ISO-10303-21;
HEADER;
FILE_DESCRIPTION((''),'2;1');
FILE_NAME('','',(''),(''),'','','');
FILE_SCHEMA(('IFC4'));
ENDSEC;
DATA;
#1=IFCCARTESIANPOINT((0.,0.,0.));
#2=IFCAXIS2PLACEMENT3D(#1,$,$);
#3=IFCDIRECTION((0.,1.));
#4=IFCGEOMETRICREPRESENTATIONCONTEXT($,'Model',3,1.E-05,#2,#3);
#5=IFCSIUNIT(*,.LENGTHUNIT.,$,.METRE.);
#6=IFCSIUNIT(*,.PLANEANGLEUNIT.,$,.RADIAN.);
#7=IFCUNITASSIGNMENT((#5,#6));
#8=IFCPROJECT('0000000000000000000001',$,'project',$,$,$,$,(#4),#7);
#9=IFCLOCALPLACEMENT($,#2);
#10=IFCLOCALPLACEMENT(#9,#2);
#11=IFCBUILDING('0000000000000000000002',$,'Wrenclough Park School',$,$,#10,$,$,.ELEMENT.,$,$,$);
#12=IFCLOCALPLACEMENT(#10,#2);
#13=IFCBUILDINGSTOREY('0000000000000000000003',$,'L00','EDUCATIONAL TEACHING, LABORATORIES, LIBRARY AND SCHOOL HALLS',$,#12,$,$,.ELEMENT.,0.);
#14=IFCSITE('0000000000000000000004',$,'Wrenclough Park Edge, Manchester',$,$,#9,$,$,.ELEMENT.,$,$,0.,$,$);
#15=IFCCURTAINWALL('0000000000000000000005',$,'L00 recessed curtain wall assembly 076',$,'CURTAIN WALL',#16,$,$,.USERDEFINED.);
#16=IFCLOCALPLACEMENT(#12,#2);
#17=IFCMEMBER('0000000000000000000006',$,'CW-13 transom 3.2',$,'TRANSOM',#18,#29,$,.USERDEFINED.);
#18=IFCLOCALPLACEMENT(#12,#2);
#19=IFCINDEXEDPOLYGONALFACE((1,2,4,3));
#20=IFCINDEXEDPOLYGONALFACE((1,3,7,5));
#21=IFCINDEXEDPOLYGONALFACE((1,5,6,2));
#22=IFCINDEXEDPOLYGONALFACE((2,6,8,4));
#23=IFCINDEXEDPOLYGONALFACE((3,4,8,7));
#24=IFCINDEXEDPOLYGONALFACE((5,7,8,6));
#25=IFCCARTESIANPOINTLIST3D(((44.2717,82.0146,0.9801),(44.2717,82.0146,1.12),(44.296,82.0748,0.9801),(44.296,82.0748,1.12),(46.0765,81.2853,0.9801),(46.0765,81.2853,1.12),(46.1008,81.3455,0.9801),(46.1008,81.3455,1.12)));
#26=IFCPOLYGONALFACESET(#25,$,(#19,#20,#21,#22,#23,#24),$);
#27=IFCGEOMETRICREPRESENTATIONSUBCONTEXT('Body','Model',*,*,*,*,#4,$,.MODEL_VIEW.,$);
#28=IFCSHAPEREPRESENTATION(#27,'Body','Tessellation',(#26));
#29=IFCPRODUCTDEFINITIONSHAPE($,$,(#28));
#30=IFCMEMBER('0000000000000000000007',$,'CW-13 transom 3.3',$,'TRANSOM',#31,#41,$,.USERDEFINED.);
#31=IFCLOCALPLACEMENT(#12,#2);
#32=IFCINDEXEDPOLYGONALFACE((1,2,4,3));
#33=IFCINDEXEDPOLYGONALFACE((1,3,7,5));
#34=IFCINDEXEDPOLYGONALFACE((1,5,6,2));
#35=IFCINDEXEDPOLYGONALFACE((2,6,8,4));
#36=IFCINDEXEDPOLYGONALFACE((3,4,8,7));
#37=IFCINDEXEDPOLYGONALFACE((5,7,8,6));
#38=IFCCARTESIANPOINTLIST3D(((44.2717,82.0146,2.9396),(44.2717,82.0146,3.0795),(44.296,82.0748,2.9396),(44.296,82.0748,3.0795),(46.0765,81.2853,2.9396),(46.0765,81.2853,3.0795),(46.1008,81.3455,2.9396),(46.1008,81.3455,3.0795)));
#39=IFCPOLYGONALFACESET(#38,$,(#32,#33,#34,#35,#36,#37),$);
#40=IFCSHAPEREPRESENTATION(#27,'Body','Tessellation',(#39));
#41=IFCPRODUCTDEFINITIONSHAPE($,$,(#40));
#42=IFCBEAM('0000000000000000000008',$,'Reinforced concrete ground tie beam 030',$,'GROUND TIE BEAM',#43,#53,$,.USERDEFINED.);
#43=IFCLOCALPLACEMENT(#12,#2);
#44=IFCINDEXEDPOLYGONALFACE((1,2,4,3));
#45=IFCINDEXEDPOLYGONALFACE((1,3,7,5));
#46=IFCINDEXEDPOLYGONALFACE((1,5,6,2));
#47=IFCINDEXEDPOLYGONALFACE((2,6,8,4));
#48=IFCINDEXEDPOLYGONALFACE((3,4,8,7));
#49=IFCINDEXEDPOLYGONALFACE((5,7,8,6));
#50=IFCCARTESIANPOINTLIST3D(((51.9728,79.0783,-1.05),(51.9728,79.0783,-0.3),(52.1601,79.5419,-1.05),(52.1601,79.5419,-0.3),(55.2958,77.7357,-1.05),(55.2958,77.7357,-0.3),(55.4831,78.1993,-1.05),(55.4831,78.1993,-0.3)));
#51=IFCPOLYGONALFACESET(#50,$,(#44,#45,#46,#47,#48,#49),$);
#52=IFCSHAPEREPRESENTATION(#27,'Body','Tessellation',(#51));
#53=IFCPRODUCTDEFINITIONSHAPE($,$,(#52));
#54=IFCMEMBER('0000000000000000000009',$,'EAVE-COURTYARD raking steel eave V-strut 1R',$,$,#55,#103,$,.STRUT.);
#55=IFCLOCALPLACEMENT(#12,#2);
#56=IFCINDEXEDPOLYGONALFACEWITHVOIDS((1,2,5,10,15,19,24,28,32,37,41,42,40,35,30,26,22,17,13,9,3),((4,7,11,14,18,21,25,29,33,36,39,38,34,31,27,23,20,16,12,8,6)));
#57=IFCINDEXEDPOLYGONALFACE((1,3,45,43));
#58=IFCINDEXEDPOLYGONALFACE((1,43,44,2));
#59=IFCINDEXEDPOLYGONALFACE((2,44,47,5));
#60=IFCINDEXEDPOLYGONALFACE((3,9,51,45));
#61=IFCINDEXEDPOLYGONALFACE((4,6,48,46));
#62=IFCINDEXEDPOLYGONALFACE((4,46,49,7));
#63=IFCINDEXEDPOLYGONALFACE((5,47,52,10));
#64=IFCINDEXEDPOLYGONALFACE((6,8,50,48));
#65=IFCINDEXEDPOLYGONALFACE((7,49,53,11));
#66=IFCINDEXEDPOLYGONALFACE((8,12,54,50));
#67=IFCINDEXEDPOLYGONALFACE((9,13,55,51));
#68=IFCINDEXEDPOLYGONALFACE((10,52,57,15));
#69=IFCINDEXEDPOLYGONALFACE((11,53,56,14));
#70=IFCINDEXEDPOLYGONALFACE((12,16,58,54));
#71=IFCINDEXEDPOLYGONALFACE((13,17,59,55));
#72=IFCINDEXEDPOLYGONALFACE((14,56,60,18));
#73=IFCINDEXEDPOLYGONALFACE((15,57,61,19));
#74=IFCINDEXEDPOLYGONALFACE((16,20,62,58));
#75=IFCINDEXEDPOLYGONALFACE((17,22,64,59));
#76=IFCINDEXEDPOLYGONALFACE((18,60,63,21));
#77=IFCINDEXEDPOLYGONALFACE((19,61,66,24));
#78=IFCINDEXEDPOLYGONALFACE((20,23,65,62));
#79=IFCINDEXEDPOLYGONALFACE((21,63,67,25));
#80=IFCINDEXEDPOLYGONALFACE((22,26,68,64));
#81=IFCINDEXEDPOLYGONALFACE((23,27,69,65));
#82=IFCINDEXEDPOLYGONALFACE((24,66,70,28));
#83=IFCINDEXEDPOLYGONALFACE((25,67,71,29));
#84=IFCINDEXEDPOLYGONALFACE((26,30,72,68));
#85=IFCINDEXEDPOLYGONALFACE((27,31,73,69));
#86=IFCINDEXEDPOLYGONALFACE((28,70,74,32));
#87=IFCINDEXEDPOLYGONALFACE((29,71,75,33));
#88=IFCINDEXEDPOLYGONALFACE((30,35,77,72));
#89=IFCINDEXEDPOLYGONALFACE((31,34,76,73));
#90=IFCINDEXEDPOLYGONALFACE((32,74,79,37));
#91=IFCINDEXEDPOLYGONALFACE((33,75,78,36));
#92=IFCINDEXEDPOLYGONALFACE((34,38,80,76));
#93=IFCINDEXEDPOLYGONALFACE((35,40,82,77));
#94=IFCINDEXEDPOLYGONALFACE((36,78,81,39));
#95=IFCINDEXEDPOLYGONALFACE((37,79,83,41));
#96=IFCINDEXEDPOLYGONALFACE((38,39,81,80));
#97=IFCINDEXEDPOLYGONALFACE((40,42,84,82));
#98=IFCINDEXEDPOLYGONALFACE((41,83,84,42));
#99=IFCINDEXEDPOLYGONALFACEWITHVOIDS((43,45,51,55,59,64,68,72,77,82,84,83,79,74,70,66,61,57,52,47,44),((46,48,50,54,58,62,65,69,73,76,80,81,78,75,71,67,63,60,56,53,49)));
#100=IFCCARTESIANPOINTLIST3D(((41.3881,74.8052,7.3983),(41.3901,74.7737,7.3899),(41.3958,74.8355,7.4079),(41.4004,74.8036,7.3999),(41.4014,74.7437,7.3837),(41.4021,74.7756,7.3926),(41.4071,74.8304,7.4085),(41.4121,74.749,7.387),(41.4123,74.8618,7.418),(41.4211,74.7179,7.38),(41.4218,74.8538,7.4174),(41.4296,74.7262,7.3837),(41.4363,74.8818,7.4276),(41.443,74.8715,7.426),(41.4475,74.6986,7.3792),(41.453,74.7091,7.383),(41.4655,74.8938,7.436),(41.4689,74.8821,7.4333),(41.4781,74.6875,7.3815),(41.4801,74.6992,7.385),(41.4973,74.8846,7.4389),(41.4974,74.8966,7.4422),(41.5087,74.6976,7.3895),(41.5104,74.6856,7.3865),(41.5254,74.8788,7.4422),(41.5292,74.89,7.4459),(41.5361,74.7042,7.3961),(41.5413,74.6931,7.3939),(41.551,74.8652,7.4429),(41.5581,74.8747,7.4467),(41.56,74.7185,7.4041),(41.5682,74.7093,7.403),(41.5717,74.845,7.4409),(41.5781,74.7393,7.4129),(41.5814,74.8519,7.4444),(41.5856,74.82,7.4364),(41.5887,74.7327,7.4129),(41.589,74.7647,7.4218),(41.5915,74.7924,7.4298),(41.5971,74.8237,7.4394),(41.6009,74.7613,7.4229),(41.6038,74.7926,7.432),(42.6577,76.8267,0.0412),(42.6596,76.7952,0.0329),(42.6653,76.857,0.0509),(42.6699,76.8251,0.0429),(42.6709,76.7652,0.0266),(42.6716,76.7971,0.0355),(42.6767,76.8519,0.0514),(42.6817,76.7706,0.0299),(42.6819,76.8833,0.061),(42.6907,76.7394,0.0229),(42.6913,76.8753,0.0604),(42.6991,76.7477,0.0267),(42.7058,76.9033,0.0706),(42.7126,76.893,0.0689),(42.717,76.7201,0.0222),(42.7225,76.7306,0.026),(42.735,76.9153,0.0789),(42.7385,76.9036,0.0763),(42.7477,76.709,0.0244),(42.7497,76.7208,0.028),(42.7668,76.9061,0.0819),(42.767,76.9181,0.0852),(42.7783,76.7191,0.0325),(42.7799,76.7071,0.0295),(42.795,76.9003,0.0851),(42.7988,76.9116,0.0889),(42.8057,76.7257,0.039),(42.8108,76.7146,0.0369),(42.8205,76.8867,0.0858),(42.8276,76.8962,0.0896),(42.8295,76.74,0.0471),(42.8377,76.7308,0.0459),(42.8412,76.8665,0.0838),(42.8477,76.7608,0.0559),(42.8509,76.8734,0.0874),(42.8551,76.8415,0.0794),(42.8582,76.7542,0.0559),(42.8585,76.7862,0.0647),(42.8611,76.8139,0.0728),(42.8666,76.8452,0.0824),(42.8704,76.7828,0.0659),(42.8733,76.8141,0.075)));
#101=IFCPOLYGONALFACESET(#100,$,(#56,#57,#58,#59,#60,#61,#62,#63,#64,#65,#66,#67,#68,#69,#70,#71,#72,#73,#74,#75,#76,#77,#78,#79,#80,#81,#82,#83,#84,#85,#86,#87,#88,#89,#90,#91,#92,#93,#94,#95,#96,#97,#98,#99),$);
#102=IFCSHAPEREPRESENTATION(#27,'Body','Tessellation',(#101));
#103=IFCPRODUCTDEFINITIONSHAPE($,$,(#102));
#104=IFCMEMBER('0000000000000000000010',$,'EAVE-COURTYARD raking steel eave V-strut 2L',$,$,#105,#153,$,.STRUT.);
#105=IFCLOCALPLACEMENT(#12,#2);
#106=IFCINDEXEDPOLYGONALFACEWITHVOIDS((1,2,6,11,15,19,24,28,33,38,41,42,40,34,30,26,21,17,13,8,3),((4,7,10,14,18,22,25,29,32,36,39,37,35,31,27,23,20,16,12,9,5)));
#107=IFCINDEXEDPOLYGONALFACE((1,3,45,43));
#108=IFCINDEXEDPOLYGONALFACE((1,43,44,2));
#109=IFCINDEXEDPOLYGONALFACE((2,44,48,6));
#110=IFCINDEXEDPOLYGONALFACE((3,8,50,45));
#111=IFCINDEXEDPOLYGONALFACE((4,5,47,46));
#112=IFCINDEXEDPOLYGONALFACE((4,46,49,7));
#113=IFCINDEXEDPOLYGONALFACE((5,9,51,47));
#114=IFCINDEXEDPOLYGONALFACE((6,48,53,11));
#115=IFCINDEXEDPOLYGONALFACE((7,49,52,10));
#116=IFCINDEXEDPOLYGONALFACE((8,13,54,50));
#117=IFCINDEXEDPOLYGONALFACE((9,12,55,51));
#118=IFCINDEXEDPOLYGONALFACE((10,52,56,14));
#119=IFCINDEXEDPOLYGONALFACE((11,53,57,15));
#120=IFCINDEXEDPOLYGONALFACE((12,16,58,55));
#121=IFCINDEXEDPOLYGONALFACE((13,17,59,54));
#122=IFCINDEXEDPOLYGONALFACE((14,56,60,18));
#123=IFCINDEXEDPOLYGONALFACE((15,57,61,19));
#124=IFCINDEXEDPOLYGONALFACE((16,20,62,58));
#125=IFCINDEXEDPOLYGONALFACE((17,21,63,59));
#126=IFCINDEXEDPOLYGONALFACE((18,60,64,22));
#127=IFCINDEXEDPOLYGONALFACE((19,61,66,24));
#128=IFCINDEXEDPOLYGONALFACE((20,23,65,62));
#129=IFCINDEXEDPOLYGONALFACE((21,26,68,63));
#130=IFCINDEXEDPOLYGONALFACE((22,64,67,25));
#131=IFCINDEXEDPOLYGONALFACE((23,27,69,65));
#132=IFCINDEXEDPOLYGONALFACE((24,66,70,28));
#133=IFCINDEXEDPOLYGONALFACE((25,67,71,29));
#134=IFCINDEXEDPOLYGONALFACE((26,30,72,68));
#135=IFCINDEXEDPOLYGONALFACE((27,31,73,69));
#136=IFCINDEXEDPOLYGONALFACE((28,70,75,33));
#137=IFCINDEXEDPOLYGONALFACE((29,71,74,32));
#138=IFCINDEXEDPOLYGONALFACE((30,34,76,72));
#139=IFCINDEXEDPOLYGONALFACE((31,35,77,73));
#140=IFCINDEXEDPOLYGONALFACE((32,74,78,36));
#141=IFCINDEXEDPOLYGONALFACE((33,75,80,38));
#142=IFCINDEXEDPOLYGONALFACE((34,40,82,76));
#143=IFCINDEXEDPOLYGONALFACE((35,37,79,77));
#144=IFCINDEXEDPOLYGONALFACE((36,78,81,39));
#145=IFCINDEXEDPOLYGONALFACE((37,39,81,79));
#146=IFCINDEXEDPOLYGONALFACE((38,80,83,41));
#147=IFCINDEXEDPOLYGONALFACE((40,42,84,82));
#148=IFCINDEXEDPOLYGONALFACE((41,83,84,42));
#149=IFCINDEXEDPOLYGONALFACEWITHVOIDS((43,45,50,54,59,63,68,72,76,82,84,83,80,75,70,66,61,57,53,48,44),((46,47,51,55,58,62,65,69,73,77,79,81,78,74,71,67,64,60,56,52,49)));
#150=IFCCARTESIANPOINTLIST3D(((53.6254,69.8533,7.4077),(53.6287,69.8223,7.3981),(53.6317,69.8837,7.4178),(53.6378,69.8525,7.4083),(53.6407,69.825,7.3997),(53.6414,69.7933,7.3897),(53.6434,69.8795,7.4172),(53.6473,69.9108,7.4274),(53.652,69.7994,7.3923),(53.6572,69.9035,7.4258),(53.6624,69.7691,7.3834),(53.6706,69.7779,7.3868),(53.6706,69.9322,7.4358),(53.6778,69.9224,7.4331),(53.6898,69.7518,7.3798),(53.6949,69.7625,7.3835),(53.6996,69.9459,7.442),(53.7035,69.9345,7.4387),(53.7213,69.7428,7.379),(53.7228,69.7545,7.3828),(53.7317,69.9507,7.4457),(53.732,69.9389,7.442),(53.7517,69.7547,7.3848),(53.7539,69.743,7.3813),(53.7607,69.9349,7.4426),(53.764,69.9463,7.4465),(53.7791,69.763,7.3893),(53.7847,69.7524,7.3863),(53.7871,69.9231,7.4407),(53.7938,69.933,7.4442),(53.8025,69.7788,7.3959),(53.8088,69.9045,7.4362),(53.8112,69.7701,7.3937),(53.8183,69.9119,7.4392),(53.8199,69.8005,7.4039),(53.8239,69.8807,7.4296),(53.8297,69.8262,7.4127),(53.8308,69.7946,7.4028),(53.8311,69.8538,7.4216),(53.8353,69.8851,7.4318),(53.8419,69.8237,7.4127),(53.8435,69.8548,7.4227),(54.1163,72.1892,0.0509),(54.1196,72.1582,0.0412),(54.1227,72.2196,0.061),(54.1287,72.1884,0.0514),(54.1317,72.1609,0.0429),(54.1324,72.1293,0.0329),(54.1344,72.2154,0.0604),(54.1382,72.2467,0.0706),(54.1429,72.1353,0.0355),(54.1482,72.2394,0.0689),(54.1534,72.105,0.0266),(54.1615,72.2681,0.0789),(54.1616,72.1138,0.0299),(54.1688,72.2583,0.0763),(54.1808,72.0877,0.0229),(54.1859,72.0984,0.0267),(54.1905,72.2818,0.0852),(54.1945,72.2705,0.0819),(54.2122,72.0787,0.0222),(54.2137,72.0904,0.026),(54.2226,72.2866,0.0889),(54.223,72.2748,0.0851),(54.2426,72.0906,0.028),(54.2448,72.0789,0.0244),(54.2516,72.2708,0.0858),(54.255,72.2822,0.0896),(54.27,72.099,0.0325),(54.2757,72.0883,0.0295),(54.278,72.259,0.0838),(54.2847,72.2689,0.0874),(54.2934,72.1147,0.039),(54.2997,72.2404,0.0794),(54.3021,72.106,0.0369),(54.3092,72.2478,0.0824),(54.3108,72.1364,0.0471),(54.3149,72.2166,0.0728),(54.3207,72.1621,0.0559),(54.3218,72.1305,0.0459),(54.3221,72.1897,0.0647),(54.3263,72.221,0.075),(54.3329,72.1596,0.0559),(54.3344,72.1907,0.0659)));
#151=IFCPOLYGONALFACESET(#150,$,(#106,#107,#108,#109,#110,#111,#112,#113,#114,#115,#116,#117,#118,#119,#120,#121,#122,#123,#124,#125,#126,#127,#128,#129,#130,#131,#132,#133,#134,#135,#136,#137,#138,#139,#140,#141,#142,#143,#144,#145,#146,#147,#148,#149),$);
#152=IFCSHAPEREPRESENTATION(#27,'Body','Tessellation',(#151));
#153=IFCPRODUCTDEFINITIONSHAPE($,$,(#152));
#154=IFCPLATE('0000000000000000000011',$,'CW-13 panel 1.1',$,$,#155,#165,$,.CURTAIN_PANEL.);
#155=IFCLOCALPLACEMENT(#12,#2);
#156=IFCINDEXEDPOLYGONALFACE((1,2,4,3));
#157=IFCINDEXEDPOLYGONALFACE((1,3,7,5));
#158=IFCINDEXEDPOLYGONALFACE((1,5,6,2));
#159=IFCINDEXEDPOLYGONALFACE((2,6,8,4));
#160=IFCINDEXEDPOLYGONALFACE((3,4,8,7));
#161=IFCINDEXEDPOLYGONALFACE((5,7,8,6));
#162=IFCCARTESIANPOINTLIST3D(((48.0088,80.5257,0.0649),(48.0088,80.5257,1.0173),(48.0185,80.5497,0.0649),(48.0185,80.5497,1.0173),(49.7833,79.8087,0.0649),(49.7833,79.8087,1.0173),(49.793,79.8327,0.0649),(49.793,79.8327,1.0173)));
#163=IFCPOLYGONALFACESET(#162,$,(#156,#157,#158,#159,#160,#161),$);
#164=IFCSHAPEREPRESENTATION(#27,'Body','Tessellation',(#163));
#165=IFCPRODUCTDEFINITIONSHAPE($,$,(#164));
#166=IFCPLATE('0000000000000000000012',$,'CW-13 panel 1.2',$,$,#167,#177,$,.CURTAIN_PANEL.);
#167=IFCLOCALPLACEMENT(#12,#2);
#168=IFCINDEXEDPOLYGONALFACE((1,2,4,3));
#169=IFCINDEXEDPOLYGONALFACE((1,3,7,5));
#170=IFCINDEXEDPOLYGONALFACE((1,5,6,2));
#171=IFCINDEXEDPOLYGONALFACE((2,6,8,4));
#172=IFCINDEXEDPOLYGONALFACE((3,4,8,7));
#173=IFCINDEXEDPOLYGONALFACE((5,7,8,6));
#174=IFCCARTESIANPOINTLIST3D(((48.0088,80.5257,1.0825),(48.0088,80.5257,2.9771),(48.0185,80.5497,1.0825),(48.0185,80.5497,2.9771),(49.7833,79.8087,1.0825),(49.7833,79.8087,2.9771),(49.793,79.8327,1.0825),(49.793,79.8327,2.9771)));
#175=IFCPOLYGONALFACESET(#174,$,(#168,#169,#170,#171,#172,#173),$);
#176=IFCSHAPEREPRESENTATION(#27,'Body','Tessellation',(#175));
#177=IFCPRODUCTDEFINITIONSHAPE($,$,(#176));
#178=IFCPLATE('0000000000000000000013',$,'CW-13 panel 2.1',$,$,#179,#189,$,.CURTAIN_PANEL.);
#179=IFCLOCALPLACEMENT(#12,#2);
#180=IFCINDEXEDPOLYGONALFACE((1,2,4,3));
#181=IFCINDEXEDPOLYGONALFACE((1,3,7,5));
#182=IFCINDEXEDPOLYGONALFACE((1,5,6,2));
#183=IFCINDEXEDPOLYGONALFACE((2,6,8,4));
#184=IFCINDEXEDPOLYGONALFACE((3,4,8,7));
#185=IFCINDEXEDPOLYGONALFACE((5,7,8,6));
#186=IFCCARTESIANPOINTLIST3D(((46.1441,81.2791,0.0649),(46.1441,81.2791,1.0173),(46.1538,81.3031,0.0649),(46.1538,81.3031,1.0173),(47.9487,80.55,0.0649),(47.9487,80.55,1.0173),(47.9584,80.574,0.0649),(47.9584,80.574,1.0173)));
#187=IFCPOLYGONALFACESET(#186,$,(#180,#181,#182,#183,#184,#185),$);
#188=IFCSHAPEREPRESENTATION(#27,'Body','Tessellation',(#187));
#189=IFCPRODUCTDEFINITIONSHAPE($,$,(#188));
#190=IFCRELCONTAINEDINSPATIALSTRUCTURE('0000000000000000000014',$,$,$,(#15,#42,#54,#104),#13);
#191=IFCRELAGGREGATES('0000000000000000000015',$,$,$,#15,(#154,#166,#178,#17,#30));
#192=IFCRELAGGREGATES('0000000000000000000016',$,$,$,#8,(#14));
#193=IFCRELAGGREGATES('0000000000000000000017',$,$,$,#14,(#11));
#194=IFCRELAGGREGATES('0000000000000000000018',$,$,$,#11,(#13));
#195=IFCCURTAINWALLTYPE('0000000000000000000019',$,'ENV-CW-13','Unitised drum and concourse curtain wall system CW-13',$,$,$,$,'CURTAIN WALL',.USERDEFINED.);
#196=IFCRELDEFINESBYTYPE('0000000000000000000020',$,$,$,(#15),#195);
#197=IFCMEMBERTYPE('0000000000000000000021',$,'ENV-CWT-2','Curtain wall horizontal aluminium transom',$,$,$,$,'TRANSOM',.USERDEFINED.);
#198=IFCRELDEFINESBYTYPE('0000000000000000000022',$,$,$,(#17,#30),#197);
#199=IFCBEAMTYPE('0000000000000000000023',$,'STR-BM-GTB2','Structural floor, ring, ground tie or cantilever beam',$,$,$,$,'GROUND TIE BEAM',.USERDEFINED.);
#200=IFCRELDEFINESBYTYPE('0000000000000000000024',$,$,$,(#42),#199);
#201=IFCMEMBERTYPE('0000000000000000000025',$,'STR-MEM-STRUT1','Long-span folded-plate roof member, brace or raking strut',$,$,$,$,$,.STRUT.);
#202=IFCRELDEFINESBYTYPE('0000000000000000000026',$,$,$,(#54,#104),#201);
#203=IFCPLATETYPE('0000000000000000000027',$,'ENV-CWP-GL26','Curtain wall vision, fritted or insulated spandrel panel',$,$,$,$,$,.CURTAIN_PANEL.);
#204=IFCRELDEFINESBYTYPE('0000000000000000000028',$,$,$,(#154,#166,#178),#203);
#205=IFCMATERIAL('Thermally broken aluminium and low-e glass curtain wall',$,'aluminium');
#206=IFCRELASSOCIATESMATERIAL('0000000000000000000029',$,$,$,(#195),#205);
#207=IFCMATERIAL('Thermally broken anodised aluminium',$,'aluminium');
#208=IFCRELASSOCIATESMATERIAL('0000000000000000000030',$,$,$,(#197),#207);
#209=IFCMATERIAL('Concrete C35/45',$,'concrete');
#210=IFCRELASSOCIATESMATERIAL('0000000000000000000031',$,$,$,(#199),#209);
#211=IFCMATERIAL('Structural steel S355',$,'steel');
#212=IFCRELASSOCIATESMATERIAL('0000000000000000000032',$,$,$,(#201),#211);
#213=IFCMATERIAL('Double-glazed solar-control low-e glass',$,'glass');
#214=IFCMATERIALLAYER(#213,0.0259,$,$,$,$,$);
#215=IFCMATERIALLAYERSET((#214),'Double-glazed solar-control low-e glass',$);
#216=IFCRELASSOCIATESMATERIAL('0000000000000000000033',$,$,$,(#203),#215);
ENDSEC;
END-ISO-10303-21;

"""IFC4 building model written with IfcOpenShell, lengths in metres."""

from ifc_helpers import new_model, si_unit, direction, frame, origin, origin_2d, place, context, subcontext, project, spatial, rectangle, hollow_circle, extrude, material, layer, layer_set, material_profile, profile_set, type_object, element, aggregate, save


model = new_model("IFC4")

# Units and contexts
model_context = context("Model", 3, precision=1e-05, world=origin(), true_north=direction((0.0, 1.0)))
body_context = subcontext(model_context, "Body", "Model", "MODEL_VIEW")
ifc_project = project(units=[si_unit("LENGTHUNIT", "METRE"), si_unit("PLANEANGLEUNIT", "RADIAN")], contexts=[model_context])

# Site, building, storey
site_placement = place(None, origin())
site = spatial("IfcSite", under=ifc_project, at=site_placement, Name="Wrenclough Park Edge, Manchester", CompositionType="ELEMENT", RefElevation=0.0)
building_placement = place(site_placement, origin())
building = spatial("IfcBuilding", under=site, at=building_placement, Name="Wrenclough Park School", CompositionType="ELEMENT")
storey_placement = place(building_placement, origin())
storey = spatial("IfcBuildingStorey", under=building, at=storey_placement, Name="L00", Description="EDUCATIONAL TEACHING, LABORATORIES, LIBRARY AND SCHOOL HALLS", CompositionType="ELEMENT", Elevation=0.0)

# Shared definitions
ifc_material_1 = material(Name="Concrete C35/45", Category="concrete")

# Shared definitions
ifc_material_2 = material(Name="Structural steel S355", Category="steel")

# Curtain wall, members
ifc_material_3 = material(Name="Thermally broken aluminium and low-e glass curtain wall", Category="aluminium")
curtain_wall_type = type_object("IfcCurtainWallType", Name="ENV-CW-13", Description="Unitised drum and concourse curtain wall system CW-13", ElementType="CURTAIN WALL", PredefinedType="USERDEFINED", material=ifc_material_3)
curtain_wall_placement = place(storey_placement, origin())
curtain_wall = element("IfcCurtainWall", 1, at=curtain_wall_placement, inside=storey, type_object=curtain_wall_type, Name="L00 recessed curtain wall assembly 076", ObjectType="CURTAIN WALL", PredefinedType="USERDEFINED")
ifc_material_4 = material(Name="Thermally broken anodised aluminium", Category="aluminium")
ifc_material_profile_1 = material_profile(ifc_material_4, rectangle(XDim=0.0649, YDim=0.1399, at=origin_2d()), Name="AL TRANSOM 65x140")
ifc_profile_set_1 = profile_set([ifc_material_profile_1], Name="Thermally broken anodised aluminium")
member_type_1 = type_object("IfcMemberType", Name="ENV-CWT-2", Description="Curtain wall horizontal aluminium transom", ElementType="TRANSOM", PredefinedType="USERDEFINED", material=ifc_profile_set_1)
member_1_placement = place(storey_placement, frame((46.0886, 81.3154, 1.05), z_axis=(-0.927165, 0.374654, 0.0), x_axis=(-0.374654, -0.927165, 0.0)))
member_1 = element("IfcMember", 2, at=member_1_placement, type_object=member_type_1, Name="CW-13 transom 3.2", ObjectType="TRANSOM", PredefinedType="USERDEFINED", context=body_context, shape_type="SweptSolid", body=[
    extrude(rectangle(XDim=0.0649, YDim=0.1399, at=origin_2d()), origin(), (0.0, 0.0, 1.0), 1.9465),
])
member_2_placement = place(storey_placement, frame((46.0886, 81.3154, 3.0095), z_axis=(-0.927165, 0.374654, 0.0), x_axis=(-0.374654, -0.927165, 0.0)))
member_2 = element("IfcMember", 3, at=member_2_placement, type_object=member_type_1, Name="CW-13 transom 3.3", ObjectType="TRANSOM", PredefinedType="USERDEFINED", context=body_context, shape_type="SweptSolid", body=[
    extrude(rectangle(XDim=0.0649, YDim=0.1399, at=origin_2d()), origin(), (0.0, 0.0, 1.0), 1.9465),
])

# Beam
ifc_material_profile_2 = material_profile(ifc_material_1, rectangle(XDim=0.5, YDim=0.75, at=origin_2d()), Name="RC GROUND 500x750")
ifc_profile_set_2 = profile_set([ifc_material_profile_2], Name="Concrete C35/45")
beam_type = type_object("IfcBeamType", Name="STR-BM-GTB2", Description="Structural floor, ring, ground tie or cantilever beam", ElementType="GROUND TIE BEAM", PredefinedType="USERDEFINED", material=ifc_profile_set_2)
beam_placement = place(storey_placement, frame((52.0664, 79.3101, -0.675), z_axis=(0.927189, -0.374595, 0.0), x_axis=(0.374595, 0.927189, 0.0)))
element("IfcBeam", 4, at=beam_placement, inside=storey, type_object=beam_type, Name="Reinforced concrete ground tie beam 030", ObjectType="GROUND TIE BEAM", PredefinedType="USERDEFINED", context=body_context, shape_type="SweptSolid", body=[
    extrude(rectangle(XDim=0.5, YDim=0.75, at=origin_2d()), origin(), (0.0, 0.0, 1.0), 3.584),
])

# Members
ifc_material_profile_3 = material_profile(ifc_material_2, hollow_circle(Radius=0.1096, WallThickness=0.0125, at=origin_2d()), Name="CHS 219.1x12.5")
ifc_profile_set_3 = profile_set([ifc_material_profile_3], Name="Structural steel S355")
member_type_2 = type_object("IfcMemberType", Name="STR-MEM-STRUT1", Description="Long-span folded-plate roof member, brace or raking strut", PredefinedType="STRUT", material=ifc_profile_set_3)
member_3_placement = place(storey_placement, frame((42.7654, 76.8125, 0.0559), z_axis=(-0.164139, -0.261359, 0.951183), x_axis=(0.846847, -0.531836, 0.0)))
element("IfcMember", 5, at=member_3_placement, inside=storey, type_object=member_type_2, Name="EAVE-COURTYARD raking steel eave V-strut 1R", PredefinedType="STRUT", context=body_context, shape_type="SweptSolid", body=[
    extrude(hollow_circle(Radius=0.1096, WallThickness=0.0125, at=origin_2d()), origin(), (0.0, 0.0, 1.0), 7.7346),
])
member_4_placement = place(storey_placement, frame((54.2256, 72.1821, 0.0559), z_axis=(-0.063478, -0.302016, 0.951187), x_axis=(0.978618, -0.205686, 0.0)))
element("IfcMember", 6, at=member_4_placement, inside=storey, type_object=member_type_2, Name="EAVE-COURTYARD raking steel eave V-strut 2L", PredefinedType="STRUT", context=body_context, shape_type="SweptSolid", body=[
    extrude(hollow_circle(Radius=0.1096, WallThickness=0.0125, at=origin_2d()), origin(), (0.0, 0.0, 1.0), 7.7344),
])

# Plates
ifc_material_5 = material(Name="Double-glazed solar-control low-e glass", Category="glass")
ifc_layer_1 = layer(ifc_material_5, 0.0259)
ifc_layer_set_1 = layer_set([ifc_layer_1], Name="Double-glazed solar-control low-e glass")
plate_type_1 = type_object("IfcPlateType", Name="ENV-CWP-GL26", Description="Curtain wall vision, fritted or insulated spandrel panel", PredefinedType="CURTAIN_PANEL", material=ifc_layer_set_1)
plate_1_placement = place(storey_placement, frame((48.9009, 80.1792, 0.0649), z_axis=(0.0, 0.0, 1.0), x_axis=(-0.927185, 0.374603, 0.0)))
plate_1 = element("IfcPlate", 7, at=plate_1_placement, type_object=plate_type_1, Name="CW-13 panel 1.1", PredefinedType="CURTAIN_PANEL", context=body_context, shape_type="SweptSolid", body=[
    extrude(rectangle(XDim=1.9138, YDim=0.0259, at=origin_2d()), origin(), (0.0, 0.0, 1.0), 0.9524),
])
plate_2_placement = place(storey_placement, frame((48.9009, 80.1792, 1.0825), z_axis=(0.0, 0.0, 1.0), x_axis=(-0.927185, 0.374603, 0.0)))
plate_2 = element("IfcPlate", 8, at=plate_2_placement, type_object=plate_type_1, Name="CW-13 panel 1.2", PredefinedType="CURTAIN_PANEL", context=body_context, shape_type="SweptSolid", body=[
    extrude(rectangle(XDim=1.9138, YDim=0.0259, at=origin_2d()), origin(), (0.0, 0.0, 1.0), 1.8945),
])
plate_3_placement = place(storey_placement, frame((47.0513, 80.9265, 0.0649), z_axis=(0.0, 0.0, 1.0), x_axis=(-0.927185, 0.374603, 0.0)))
plate_3 = element("IfcPlate", 9, at=plate_3_placement, type_object=plate_type_1, Name="CW-13 panel 2.1", PredefinedType="CURTAIN_PANEL", context=body_context, shape_type="SweptSolid", body=[
    extrude(rectangle(XDim=1.9463, YDim=0.0259, at=origin_2d()), origin(), (0.0, 0.0, 1.0), 0.9524),
])
aggregate(curtain_wall, [plate_1, plate_2, plate_3, member_1, member_2])

save(model, "model.ifc")
